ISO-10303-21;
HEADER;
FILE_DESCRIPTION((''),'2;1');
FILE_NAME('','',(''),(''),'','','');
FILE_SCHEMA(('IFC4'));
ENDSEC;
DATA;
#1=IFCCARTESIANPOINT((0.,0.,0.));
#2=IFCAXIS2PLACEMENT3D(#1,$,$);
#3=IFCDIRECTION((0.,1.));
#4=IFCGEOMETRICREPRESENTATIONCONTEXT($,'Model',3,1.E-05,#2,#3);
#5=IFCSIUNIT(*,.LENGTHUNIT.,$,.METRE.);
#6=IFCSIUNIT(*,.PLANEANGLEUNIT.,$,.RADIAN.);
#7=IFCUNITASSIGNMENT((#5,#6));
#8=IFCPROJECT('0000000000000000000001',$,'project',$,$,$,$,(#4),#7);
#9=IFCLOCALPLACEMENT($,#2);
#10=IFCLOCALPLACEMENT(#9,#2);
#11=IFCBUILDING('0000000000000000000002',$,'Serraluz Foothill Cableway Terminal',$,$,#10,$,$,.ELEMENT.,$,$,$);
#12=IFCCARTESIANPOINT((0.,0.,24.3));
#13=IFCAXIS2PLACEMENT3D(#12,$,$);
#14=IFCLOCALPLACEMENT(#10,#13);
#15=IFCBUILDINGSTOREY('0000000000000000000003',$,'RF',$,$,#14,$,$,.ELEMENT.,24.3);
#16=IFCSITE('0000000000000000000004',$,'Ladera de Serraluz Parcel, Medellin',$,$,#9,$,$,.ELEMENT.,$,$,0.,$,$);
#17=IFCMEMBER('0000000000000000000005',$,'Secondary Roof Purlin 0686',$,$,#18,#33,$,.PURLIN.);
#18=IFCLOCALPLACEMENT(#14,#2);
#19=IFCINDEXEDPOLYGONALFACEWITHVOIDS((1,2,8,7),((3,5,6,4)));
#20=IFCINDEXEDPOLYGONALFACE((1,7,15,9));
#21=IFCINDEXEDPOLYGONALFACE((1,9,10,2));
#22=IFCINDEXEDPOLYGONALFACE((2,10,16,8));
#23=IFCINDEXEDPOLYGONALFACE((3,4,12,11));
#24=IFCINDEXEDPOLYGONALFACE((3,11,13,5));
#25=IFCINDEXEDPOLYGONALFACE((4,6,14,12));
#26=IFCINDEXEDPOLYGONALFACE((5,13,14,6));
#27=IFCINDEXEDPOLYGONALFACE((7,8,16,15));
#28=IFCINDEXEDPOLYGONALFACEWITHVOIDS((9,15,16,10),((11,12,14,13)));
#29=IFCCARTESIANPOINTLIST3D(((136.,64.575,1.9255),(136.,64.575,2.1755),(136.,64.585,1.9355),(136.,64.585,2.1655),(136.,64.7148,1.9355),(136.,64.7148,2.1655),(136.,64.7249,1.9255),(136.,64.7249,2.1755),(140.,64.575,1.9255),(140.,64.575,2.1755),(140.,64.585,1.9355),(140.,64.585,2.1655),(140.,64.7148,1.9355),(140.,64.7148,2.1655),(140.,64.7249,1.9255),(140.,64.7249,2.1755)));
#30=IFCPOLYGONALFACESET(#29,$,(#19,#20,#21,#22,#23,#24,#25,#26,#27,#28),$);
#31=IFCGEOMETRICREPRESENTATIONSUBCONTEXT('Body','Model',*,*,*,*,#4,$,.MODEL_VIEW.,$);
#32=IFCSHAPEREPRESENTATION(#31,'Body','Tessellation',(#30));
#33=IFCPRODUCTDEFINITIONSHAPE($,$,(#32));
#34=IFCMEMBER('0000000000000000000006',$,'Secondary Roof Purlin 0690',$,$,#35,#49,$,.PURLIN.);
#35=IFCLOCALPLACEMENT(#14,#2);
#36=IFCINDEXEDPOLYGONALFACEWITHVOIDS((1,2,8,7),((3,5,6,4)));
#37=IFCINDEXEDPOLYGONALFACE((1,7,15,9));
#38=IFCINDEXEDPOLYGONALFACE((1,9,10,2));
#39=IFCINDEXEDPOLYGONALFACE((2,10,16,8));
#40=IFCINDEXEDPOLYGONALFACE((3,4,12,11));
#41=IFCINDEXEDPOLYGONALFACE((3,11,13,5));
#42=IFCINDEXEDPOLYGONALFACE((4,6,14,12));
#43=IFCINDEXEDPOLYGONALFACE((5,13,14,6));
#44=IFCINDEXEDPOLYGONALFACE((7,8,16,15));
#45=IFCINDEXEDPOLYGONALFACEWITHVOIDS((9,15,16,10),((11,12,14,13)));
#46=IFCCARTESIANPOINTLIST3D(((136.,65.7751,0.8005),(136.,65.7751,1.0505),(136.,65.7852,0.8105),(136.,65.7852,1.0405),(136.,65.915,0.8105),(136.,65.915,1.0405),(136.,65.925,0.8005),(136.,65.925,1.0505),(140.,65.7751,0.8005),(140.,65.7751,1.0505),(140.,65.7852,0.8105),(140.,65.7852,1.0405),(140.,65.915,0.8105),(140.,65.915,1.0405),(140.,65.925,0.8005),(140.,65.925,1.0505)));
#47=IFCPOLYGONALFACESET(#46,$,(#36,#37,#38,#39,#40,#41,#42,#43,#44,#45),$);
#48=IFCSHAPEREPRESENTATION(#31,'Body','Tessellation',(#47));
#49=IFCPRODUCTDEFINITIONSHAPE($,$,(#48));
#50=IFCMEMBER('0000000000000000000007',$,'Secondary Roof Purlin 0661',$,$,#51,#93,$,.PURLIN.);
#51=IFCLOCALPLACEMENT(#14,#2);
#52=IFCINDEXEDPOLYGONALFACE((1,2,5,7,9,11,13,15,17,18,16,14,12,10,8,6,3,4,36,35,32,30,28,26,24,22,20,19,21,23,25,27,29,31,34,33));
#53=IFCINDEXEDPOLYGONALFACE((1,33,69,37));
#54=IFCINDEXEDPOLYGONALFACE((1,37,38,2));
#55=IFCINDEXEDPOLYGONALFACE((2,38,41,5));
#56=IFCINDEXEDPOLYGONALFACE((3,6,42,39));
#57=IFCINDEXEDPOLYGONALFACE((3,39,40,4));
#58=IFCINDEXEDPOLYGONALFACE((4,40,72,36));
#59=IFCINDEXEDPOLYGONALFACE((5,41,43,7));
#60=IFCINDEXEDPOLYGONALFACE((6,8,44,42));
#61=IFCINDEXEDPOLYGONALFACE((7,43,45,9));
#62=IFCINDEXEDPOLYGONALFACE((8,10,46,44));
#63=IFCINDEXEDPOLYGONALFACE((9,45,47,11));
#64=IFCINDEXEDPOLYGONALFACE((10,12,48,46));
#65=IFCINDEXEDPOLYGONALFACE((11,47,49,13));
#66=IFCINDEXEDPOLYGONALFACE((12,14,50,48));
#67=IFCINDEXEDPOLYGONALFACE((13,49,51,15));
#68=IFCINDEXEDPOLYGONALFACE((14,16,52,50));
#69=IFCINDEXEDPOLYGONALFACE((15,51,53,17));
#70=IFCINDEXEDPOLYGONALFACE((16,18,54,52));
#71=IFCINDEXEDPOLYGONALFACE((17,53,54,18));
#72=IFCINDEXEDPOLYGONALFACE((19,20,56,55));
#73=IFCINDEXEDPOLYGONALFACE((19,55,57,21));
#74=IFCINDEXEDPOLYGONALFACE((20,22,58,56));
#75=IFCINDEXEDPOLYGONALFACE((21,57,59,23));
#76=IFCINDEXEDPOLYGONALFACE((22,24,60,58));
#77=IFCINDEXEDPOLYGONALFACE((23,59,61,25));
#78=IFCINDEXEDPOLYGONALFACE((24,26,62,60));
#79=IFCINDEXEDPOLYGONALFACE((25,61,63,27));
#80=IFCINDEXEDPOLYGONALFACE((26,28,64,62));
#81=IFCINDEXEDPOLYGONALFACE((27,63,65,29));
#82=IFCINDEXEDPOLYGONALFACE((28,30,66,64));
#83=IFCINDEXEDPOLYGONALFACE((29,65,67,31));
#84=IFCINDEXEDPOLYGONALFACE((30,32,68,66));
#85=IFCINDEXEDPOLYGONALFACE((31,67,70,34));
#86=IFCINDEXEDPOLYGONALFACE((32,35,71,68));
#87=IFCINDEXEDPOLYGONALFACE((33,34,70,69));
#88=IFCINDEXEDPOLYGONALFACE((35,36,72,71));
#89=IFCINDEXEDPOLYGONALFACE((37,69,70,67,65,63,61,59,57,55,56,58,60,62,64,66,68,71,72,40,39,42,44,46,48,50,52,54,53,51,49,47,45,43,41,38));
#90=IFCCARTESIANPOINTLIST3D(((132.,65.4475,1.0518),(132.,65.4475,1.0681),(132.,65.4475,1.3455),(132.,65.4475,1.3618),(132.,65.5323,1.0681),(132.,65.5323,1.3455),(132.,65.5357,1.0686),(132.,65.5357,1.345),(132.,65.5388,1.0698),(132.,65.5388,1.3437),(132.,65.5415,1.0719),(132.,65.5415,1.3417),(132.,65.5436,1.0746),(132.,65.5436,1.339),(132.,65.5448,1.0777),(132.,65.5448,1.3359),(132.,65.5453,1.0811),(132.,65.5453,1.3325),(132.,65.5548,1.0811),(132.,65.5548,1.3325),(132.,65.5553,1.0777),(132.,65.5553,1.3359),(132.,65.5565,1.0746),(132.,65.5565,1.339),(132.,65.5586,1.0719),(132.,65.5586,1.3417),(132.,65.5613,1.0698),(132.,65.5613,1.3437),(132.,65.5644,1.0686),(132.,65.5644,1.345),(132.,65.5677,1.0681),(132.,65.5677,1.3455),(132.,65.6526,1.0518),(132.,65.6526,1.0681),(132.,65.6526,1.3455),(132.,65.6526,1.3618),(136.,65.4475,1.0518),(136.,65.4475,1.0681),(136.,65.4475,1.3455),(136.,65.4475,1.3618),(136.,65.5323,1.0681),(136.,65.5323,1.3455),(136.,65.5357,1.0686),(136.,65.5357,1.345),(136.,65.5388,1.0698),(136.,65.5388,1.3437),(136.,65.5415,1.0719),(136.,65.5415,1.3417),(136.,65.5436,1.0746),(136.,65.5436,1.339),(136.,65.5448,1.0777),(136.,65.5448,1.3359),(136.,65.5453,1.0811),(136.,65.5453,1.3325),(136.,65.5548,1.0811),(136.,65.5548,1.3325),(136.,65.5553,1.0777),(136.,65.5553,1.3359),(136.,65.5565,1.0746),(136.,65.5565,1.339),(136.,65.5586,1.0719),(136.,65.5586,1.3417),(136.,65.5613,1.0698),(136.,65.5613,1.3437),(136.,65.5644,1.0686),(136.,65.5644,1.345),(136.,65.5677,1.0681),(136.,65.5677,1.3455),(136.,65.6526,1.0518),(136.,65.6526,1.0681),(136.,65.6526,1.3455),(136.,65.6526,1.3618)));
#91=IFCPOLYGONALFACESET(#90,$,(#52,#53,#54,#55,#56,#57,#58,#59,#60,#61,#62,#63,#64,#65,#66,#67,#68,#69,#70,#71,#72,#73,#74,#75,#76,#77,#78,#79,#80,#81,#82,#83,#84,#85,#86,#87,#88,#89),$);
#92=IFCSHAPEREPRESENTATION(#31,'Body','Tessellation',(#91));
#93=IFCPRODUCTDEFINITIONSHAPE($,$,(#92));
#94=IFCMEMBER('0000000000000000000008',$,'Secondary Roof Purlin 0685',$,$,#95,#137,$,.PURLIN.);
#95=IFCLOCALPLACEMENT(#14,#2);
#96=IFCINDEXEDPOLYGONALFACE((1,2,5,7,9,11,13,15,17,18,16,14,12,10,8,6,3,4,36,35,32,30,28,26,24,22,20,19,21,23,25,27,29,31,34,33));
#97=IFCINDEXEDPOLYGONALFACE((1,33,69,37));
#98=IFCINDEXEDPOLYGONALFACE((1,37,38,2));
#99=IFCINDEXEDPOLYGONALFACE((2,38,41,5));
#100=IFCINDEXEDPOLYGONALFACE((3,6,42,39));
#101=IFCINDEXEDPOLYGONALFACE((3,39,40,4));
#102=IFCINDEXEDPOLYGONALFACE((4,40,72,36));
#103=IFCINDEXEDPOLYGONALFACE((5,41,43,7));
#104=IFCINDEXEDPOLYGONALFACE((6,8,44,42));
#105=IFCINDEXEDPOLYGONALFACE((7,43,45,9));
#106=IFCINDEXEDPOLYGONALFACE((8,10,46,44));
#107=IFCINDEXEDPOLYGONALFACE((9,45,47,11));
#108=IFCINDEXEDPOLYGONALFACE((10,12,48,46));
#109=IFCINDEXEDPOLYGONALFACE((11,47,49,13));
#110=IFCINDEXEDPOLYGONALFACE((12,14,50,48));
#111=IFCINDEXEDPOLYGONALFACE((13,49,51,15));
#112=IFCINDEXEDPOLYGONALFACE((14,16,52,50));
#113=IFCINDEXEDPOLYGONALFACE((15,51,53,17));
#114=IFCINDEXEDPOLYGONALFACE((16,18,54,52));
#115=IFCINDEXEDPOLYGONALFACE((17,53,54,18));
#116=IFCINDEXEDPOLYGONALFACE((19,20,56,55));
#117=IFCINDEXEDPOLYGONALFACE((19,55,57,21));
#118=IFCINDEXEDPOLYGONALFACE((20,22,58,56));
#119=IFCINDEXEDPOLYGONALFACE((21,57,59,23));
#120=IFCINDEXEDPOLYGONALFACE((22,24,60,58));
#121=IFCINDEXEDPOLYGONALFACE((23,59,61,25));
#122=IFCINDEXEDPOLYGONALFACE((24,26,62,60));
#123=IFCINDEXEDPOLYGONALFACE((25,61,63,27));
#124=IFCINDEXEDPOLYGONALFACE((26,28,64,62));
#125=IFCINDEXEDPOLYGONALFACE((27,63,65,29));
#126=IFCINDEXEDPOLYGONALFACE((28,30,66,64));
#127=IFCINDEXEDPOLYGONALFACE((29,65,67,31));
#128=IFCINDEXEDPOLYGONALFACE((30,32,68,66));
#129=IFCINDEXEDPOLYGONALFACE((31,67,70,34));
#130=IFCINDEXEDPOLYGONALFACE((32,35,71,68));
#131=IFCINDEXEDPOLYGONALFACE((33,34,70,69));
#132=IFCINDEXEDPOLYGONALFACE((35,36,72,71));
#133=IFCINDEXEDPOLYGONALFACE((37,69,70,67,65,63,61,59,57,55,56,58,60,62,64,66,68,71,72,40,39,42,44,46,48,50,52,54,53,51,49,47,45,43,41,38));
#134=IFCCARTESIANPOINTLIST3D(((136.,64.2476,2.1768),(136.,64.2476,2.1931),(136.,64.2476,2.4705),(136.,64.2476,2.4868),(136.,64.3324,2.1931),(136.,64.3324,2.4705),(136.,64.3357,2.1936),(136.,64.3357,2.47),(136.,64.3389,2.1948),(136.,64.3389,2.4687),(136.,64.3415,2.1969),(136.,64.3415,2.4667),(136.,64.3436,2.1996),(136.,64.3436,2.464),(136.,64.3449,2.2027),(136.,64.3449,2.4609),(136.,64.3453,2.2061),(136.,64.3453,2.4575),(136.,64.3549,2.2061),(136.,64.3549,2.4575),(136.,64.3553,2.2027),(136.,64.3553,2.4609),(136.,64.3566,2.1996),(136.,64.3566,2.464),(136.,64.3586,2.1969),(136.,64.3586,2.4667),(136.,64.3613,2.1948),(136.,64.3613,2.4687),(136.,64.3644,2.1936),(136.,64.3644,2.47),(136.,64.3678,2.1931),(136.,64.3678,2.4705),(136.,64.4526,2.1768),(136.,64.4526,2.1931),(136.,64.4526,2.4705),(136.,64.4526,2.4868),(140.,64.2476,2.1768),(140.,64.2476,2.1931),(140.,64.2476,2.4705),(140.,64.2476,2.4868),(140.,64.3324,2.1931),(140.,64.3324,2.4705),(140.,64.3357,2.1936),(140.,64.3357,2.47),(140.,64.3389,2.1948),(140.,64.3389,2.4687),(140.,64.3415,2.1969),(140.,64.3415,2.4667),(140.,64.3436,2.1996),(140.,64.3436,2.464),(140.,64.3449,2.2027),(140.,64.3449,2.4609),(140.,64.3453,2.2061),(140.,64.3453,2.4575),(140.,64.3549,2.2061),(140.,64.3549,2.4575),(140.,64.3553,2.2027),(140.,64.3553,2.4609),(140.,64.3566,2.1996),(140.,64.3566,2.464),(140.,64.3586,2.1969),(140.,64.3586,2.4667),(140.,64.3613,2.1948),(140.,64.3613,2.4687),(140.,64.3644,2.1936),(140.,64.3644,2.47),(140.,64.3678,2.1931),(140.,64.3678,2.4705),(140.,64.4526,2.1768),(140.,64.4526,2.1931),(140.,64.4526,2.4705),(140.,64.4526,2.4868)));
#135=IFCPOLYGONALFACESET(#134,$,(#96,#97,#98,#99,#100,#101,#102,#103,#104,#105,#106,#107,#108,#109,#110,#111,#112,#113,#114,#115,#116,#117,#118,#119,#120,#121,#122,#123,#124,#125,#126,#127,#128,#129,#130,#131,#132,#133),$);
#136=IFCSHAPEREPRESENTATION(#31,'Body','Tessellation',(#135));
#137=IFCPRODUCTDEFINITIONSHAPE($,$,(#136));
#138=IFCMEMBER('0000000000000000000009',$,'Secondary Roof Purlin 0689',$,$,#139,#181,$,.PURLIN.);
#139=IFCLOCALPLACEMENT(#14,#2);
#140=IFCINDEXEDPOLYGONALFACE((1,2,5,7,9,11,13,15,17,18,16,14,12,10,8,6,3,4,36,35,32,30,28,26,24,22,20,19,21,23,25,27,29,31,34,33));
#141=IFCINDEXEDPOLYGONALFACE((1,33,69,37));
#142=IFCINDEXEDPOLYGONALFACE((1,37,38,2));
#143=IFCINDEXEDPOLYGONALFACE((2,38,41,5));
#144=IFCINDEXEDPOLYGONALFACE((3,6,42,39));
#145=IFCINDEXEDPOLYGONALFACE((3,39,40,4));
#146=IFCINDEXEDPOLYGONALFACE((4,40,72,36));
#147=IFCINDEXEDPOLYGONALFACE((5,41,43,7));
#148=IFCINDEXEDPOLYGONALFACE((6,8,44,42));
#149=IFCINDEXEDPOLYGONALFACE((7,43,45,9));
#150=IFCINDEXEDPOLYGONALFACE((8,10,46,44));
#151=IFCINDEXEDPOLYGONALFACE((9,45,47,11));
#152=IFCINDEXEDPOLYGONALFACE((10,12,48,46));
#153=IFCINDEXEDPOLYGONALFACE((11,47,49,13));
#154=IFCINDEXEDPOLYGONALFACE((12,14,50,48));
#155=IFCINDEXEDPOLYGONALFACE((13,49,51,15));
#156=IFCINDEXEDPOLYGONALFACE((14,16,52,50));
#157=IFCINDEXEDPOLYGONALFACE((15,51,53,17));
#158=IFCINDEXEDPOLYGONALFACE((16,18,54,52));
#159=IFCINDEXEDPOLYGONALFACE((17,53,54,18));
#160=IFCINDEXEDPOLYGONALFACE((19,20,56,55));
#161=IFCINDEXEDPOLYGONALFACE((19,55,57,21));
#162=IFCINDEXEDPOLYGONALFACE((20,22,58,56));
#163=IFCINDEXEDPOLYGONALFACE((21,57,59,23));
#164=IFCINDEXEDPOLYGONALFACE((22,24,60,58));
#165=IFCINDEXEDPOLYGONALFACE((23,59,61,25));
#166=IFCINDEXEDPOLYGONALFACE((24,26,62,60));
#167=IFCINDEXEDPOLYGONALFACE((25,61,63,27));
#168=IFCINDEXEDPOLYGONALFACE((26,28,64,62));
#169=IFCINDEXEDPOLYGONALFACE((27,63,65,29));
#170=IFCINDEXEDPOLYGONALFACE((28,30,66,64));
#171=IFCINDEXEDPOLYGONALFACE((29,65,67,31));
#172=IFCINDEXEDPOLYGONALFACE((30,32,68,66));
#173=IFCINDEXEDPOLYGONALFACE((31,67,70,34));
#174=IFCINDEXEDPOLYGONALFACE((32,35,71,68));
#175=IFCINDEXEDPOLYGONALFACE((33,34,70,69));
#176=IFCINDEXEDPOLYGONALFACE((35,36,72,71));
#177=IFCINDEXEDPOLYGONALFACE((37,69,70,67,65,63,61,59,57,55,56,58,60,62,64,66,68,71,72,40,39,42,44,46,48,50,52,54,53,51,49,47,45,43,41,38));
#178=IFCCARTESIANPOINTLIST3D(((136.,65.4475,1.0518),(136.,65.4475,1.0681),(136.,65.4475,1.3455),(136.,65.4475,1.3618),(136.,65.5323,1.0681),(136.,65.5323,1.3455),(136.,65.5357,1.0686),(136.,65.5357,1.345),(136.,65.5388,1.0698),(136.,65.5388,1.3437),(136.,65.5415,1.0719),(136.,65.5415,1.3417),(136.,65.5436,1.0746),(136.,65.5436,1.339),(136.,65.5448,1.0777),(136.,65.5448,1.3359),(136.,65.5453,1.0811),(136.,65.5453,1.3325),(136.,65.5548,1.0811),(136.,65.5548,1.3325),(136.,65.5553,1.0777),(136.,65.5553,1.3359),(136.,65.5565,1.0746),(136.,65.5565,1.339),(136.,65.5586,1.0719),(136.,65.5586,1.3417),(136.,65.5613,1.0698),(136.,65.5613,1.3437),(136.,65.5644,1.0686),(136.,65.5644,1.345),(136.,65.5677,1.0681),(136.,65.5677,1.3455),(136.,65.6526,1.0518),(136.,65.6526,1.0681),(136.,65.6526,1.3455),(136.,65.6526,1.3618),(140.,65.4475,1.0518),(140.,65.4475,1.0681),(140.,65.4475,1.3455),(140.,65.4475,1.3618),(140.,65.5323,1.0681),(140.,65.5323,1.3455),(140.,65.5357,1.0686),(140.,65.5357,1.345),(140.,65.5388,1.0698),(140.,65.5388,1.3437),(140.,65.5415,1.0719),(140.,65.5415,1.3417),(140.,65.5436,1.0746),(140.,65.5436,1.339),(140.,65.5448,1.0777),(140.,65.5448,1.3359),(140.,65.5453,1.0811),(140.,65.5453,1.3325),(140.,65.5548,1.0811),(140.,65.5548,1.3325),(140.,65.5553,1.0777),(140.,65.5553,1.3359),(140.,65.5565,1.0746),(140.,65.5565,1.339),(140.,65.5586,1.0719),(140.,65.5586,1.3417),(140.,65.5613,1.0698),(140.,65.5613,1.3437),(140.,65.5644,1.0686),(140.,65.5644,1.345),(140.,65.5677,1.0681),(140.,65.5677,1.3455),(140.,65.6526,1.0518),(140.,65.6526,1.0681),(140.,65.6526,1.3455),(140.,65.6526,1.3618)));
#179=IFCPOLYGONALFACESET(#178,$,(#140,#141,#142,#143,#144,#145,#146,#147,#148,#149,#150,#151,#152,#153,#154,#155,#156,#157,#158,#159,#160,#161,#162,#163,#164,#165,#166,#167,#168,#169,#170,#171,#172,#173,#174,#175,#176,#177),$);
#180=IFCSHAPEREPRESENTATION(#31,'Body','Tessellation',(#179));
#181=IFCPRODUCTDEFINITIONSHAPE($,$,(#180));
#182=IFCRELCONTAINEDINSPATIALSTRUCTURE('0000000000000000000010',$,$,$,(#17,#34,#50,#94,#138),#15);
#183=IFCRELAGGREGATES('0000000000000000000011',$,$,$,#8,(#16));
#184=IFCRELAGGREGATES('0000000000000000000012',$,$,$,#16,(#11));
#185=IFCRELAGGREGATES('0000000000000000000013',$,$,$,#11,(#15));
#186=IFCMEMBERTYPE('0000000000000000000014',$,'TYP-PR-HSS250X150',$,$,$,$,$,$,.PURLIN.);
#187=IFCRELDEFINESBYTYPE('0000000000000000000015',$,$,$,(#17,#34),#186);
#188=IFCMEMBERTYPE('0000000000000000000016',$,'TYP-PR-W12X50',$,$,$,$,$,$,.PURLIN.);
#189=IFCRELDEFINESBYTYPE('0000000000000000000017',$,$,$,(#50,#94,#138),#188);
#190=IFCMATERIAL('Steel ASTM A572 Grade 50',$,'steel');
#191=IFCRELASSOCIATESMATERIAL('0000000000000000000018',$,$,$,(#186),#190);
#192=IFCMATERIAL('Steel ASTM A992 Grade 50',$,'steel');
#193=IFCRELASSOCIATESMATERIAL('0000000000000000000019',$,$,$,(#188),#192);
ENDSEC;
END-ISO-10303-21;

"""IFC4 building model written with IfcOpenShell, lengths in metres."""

from ifc_helpers import new_model, si_unit, direction, frame, origin, origin_2d, place, context, subcontext, project, spatial, hollow_rectangle, i_section, extrude, material, material_profile, profile_set, type_object, element, save


model = new_model("IFC4")

# Units and contexts
model_context = context("Model", 3, precision=1e-05, world=origin(), true_north=direction((0.0, 1.0)))
body_context = subcontext(model_context, "Body", "Model", "MODEL_VIEW")
ifc_project = project(units=[si_unit("LENGTHUNIT", "METRE"), si_unit("PLANEANGLEUNIT", "RADIAN")], contexts=[model_context])

# Site, building, storey
site_placement = place(None, origin())
site = spatial("IfcSite", under=ifc_project, at=site_placement, Name="Ladera de Serraluz Parcel, Medellin", CompositionType="ELEMENT", RefElevation=0.0)
building_placement = place(site_placement, origin())
building = spatial("IfcBuilding", under=site, at=building_placement, Name="Serraluz Foothill Cableway Terminal", CompositionType="ELEMENT")
storey_placement = place(building_placement, frame((0.0, 0.0, 24.3)))
storey = spatial("IfcBuildingStorey", under=building, at=storey_placement, Name="RF", CompositionType="ELEMENT", Elevation=24.3)

# Members
ifc_material_1 = material(Name="Steel ASTM A572 Grade 50", Category="steel")
ifc_material_profile_1 = material_profile(ifc_material_1, hollow_rectangle(XDim=0.1499, YDim=0.25, WallThickness=0.01, at=origin_2d()), Name="HSS250X150X10")
ifc_profile_set_1 = profile_set([ifc_material_profile_1], Name="Steel ASTM A572 Grade 50")
member_type_1 = type_object("IfcMemberType", Name="TYP-PR-HSS250X150", PredefinedType="PURLIN", material=ifc_profile_set_1)
for number, where, z_axis, x_axis, name in (
    (1, (136.0, 64.6499, 2.0505), (1.0, 0.0, 0.0), (0.0, 1.0, 0.0), "Secondary Roof Purlin 0686"),
    (2, (136.0, 65.8501, 0.9255), (1.0, 0.0, 0.0), (0.0, 1.0, 0.0), "Secondary Roof Purlin 0690"),
):
    element("IfcMember", number, at=place(storey_placement, frame(where, z_axis=z_axis, x_axis=x_axis)), inside=storey, type_object=member_type_1, Name=name, PredefinedType="PURLIN", context=body_context, shape_type="SweptSolid", body=[
        extrude(hollow_rectangle(XDim=0.1499, YDim=0.25, WallThickness=0.01, at=origin_2d()), origin(), (0.0, 0.0, 1.0), 4.0),
    ])
ifc_material_2 = material(Name="Steel ASTM A992 Grade 50", Category="steel")
ifc_material_profile_2 = material_profile(ifc_material_2, i_section(OverallWidth=0.2051, OverallDepth=0.3101, WebThickness=0.0095, FlangeThickness=0.0164, FilletRadius=0.0129, at=origin_2d()), Name="W12X50")
ifc_profile_set_2 = profile_set([ifc_material_profile_2], Name="Steel ASTM A992 Grade 50")
member_type_2 = type_object("IfcMemberType", Name="TYP-PR-W12X50", PredefinedType="PURLIN", material=ifc_profile_set_2)
for number, where, z_axis, x_axis, name in (
    (3, (132.0, 65.55, 1.2068), (1.0, 0.0, 0.0), (0.0, 1.0, 0.0), "Secondary Roof Purlin 0661"),
    (4, (136.0, 64.3501, 2.3318), (1.0, 0.0, 0.0), (0.0, 1.0, 0.0), "Secondary Roof Purlin 0685"),
    (5, (136.0, 65.55, 1.2068), (1.0, 0.0, 0.0), (0.0, 1.0, 0.0), "Secondary Roof Purlin 0689"),
):
    element("IfcMember", number, at=place(storey_placement, frame(where, z_axis=z_axis, x_axis=x_axis)), inside=storey, type_object=member_type_2, Name=name, PredefinedType="PURLIN", context=body_context, shape_type="SweptSolid", body=[
        extrude(i_section(OverallWidth=0.2051, OverallDepth=0.3101, WebThickness=0.0095, FlangeThickness=0.0164, FilletRadius=0.0129, at=origin_2d()), origin(), (0.0, 0.0, 1.0), 4.0),
    ])

save(model, "model.ifc")
